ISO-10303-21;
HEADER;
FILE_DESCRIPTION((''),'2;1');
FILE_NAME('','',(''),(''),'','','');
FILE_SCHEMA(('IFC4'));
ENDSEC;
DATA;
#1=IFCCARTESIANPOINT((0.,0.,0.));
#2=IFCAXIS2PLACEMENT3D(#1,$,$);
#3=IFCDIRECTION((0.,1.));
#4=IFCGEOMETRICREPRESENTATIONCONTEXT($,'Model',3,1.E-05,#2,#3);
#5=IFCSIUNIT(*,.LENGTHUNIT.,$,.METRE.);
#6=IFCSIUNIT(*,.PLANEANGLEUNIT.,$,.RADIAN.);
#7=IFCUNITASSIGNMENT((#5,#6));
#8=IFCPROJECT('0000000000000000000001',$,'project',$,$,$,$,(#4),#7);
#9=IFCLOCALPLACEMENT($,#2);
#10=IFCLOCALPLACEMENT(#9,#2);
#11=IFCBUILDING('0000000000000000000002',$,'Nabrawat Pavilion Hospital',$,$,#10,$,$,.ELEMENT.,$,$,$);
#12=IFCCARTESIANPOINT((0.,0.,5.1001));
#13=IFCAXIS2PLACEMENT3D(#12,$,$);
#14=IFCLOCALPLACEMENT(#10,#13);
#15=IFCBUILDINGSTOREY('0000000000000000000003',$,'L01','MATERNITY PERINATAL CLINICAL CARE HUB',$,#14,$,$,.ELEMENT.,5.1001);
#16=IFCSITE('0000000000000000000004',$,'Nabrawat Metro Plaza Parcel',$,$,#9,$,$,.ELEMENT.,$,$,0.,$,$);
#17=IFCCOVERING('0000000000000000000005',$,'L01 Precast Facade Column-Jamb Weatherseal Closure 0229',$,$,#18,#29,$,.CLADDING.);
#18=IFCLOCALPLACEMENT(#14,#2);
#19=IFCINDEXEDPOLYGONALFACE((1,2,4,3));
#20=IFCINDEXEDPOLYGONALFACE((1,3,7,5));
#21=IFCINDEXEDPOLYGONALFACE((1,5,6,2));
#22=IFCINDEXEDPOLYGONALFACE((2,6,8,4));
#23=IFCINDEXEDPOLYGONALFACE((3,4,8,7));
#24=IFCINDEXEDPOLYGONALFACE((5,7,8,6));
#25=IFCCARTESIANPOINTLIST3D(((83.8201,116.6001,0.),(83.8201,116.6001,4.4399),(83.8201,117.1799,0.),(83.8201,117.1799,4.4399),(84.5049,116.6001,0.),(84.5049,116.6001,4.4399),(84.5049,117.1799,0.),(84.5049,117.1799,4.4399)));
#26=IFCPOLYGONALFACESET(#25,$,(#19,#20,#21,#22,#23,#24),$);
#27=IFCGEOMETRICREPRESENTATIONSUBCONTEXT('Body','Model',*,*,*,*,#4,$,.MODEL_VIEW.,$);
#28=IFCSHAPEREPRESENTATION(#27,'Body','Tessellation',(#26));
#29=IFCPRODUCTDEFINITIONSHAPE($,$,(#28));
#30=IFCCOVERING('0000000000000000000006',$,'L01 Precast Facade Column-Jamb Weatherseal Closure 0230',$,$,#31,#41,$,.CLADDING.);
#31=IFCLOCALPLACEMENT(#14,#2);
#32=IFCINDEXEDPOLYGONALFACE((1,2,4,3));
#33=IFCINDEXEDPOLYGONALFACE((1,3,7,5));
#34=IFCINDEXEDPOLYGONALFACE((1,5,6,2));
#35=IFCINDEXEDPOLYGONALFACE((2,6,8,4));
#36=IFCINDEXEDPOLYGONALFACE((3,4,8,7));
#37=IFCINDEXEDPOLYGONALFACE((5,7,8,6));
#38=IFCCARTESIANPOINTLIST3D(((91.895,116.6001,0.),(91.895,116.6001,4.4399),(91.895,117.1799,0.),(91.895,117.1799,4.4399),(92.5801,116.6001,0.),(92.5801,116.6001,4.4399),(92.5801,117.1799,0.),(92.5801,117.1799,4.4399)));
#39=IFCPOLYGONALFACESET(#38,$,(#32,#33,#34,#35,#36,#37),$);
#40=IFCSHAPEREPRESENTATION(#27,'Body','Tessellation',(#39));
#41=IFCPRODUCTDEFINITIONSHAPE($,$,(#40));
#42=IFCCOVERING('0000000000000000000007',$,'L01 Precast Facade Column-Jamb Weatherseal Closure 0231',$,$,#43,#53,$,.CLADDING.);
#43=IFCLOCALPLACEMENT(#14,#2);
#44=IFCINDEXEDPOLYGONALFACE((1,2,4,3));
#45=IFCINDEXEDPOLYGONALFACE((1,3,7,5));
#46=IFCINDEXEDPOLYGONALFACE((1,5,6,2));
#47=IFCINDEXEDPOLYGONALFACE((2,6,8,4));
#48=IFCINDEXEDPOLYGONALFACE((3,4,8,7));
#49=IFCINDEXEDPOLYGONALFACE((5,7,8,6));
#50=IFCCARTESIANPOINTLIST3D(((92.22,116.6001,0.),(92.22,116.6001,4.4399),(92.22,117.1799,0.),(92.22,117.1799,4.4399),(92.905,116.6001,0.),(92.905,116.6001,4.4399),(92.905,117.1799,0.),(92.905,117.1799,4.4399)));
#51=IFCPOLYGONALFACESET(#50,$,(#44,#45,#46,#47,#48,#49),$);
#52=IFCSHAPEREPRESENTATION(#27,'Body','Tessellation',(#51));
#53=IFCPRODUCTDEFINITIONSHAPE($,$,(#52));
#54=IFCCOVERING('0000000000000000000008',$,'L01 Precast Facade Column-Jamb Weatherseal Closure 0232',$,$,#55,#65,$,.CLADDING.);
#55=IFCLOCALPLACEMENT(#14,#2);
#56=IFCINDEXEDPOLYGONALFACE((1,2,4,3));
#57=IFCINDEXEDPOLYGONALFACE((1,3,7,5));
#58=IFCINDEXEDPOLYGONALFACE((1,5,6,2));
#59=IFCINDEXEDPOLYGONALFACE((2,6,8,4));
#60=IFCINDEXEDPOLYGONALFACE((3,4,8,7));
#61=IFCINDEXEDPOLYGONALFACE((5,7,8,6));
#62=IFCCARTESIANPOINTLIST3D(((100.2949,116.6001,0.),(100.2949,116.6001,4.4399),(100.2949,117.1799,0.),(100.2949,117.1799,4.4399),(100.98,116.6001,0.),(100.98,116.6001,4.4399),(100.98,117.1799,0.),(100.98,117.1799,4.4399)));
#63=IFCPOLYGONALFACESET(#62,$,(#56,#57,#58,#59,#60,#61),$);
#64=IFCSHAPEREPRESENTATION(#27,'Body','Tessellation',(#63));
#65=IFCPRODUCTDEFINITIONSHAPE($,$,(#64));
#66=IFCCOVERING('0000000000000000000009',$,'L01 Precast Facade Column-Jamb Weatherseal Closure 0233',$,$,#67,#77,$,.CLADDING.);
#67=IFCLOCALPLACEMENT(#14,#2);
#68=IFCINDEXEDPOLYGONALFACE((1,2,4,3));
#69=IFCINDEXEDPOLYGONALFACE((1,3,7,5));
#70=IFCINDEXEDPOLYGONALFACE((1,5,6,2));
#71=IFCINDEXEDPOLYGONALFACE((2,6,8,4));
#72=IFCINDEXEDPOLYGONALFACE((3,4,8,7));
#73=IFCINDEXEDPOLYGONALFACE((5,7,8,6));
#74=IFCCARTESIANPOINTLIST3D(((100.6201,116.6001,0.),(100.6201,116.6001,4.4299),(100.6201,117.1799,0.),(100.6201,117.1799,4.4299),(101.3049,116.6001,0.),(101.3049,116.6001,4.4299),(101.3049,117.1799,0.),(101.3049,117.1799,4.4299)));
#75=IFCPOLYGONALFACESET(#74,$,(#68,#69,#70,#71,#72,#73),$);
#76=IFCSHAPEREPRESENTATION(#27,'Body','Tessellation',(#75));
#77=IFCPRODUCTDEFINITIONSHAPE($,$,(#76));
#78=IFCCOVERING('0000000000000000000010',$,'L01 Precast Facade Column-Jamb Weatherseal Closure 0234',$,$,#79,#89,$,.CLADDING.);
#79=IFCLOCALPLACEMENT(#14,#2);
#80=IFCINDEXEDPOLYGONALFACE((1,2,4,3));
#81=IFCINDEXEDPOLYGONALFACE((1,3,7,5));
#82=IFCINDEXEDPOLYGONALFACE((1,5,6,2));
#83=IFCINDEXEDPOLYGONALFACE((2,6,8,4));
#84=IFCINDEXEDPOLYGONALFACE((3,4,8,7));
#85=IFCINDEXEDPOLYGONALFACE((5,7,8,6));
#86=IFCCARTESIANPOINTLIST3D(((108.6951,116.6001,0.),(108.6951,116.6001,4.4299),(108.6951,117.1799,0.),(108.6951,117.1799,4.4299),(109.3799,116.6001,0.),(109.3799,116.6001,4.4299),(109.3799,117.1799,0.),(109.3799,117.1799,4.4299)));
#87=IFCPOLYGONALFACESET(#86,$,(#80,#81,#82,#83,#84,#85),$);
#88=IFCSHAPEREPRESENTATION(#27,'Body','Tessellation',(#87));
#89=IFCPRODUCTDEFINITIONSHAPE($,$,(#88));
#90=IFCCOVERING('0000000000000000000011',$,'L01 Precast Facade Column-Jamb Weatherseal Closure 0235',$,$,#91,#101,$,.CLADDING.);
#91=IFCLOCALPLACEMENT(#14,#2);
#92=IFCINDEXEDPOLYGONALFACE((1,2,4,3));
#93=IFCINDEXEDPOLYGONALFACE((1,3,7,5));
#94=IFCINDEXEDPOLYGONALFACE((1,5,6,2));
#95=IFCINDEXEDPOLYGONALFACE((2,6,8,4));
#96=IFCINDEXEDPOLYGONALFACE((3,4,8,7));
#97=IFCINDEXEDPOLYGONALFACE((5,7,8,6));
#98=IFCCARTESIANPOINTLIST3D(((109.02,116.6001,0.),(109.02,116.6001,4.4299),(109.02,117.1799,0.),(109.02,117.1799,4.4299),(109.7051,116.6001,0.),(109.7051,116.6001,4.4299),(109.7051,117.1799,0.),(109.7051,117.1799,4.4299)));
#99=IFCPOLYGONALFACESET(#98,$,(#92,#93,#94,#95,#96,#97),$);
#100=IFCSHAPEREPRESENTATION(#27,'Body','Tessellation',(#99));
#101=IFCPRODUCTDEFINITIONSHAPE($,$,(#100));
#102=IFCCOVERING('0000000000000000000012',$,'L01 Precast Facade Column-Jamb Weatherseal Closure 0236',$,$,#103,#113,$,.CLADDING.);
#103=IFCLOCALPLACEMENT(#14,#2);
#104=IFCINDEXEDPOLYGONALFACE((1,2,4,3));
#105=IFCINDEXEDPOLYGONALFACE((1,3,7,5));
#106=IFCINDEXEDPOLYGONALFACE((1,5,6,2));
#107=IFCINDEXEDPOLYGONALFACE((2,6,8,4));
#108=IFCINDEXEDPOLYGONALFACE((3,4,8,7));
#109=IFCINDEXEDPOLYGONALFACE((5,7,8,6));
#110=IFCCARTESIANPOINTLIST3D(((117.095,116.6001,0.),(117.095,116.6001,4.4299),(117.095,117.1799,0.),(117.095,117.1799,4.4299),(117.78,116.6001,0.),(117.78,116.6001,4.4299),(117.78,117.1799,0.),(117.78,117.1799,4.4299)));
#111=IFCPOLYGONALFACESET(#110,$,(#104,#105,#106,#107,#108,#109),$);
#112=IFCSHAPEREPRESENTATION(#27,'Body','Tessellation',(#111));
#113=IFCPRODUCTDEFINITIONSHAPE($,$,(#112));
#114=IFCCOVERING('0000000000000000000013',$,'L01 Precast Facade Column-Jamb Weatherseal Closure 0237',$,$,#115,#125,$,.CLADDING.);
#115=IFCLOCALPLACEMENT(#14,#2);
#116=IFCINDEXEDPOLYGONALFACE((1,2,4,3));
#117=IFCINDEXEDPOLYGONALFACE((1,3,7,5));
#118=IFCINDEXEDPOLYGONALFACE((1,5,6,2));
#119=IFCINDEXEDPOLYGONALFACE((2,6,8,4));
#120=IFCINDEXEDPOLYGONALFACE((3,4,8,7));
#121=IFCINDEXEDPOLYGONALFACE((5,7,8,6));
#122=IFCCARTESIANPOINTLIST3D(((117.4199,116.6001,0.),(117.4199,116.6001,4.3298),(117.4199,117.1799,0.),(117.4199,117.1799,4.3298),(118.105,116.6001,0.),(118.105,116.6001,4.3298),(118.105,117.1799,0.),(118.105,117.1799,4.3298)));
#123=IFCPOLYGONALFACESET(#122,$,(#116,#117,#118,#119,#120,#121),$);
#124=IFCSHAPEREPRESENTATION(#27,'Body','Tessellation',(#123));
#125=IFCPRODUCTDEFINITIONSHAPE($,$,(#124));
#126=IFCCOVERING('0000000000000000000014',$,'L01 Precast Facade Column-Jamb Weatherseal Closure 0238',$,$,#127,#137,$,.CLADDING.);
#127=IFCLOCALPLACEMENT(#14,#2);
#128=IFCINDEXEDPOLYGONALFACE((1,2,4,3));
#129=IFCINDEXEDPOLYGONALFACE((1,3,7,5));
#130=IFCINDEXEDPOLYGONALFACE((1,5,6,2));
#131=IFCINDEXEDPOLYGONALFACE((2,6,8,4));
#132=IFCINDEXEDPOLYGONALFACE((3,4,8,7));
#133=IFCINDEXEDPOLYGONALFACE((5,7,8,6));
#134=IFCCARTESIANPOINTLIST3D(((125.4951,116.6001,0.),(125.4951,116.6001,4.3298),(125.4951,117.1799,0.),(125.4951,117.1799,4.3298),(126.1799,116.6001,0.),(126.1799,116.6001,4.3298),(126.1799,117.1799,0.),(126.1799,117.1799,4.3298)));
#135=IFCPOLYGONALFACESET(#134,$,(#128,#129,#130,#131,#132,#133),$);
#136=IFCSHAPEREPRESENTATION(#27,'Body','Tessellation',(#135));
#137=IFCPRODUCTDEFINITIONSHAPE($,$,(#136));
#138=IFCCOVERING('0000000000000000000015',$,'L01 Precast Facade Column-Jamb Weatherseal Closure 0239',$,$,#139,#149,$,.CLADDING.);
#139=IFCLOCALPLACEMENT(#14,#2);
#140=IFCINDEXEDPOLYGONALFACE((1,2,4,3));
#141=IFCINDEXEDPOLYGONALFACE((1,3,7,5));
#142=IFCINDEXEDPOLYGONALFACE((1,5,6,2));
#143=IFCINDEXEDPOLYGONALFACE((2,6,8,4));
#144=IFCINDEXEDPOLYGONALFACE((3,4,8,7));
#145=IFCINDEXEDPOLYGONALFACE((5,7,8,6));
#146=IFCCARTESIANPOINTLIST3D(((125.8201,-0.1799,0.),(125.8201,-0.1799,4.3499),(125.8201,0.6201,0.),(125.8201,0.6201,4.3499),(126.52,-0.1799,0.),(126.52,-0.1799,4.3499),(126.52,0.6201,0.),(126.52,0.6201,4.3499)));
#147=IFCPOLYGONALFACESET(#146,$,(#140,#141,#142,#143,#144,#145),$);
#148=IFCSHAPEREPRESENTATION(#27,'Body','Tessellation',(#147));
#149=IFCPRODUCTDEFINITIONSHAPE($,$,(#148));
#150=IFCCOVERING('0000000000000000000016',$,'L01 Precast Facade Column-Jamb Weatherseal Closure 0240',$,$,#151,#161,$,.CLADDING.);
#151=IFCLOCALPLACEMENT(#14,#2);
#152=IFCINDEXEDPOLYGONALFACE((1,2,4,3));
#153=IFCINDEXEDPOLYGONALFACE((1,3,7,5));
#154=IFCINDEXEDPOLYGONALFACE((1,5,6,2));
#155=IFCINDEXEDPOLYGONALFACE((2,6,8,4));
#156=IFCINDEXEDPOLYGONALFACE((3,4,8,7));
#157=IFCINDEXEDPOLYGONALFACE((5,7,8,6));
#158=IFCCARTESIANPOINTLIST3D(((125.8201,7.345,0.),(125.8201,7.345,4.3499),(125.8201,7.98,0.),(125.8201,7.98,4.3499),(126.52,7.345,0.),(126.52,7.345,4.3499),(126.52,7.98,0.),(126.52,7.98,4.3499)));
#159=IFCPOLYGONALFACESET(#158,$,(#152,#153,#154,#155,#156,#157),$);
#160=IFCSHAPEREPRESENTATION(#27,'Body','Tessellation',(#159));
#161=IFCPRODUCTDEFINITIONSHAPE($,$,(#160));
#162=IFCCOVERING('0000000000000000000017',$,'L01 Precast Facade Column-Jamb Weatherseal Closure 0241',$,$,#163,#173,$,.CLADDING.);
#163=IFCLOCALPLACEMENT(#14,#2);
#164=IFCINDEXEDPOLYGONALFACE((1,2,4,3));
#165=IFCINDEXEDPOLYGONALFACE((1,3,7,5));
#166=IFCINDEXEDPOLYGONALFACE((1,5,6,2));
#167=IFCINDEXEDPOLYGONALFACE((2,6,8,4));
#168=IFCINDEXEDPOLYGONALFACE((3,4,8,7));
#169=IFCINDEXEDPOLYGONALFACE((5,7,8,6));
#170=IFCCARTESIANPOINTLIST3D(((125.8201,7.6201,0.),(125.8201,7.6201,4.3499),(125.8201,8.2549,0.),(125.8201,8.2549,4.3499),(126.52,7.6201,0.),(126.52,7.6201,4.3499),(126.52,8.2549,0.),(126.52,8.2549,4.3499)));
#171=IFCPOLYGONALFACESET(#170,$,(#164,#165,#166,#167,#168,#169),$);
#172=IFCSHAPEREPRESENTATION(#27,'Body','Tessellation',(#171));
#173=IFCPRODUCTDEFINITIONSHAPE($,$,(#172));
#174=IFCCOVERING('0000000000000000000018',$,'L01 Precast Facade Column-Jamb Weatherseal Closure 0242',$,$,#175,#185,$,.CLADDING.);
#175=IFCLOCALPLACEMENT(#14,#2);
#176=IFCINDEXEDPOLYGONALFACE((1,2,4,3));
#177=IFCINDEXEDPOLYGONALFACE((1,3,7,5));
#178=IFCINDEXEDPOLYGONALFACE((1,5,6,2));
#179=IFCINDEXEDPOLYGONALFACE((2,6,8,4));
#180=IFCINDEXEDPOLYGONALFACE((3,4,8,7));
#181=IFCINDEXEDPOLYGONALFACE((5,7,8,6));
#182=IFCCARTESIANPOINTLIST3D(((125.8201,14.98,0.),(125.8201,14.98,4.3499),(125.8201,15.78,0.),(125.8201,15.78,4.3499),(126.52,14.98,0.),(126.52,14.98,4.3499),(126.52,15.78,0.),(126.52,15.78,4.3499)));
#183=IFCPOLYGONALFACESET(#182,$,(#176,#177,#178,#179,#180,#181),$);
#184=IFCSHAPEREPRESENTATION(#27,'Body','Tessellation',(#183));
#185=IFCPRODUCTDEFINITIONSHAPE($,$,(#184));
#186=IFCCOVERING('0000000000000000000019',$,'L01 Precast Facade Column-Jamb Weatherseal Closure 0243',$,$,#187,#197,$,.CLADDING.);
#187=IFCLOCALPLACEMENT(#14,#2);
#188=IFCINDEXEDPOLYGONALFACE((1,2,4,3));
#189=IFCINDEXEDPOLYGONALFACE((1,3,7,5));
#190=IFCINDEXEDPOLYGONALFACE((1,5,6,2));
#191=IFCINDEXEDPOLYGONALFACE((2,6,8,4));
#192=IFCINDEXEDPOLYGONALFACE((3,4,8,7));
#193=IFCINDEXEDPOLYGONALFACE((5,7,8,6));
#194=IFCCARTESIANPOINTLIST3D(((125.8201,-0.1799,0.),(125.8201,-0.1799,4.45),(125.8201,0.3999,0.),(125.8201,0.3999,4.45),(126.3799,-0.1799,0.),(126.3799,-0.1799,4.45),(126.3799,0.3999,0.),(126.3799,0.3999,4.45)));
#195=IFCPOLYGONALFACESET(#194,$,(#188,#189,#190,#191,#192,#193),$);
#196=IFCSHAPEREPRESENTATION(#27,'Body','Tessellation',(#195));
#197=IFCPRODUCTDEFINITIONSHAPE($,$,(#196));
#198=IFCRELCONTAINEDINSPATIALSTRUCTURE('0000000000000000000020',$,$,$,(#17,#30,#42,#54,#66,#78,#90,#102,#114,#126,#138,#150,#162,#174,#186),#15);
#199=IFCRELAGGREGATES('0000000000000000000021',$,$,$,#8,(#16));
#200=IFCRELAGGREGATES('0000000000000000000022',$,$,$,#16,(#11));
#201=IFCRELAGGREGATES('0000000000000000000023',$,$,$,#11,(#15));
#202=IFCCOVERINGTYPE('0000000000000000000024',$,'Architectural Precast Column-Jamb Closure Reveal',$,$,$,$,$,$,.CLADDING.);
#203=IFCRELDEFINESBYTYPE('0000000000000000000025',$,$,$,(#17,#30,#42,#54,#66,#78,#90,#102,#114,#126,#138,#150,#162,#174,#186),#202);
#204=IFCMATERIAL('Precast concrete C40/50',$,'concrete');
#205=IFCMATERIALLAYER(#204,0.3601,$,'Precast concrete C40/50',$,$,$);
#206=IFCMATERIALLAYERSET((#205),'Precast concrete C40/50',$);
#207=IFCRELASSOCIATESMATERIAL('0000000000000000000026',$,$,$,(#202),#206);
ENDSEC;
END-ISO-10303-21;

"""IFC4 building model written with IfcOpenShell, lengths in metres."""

from ifc_helpers import new_model, si_unit, direction, frame, origin, place, context, subcontext, project, spatial, polyline, outline, extrude, material, layer, layer_set, type_object, element, save


model = new_model("IFC4")

# Units and contexts
model_context = context("Model", 3, precision=1e-05, world=origin(), true_north=direction((0.0, 1.0)))
body_context = subcontext(model_context, "Body", "Model", "MODEL_VIEW")
ifc_project = project(units=[si_unit("LENGTHUNIT", "METRE"), si_unit("PLANEANGLEUNIT", "RADIAN")], contexts=[model_context])

# Site, building, storey
site_placement = place(None, origin())
site = spatial("IfcSite", under=ifc_project, at=site_placement, Name="Nabrawat Metro Plaza Parcel", CompositionType="ELEMENT", RefElevation=0.0)
building_placement = place(site_placement, origin())
building = spatial("IfcBuilding", under=site, at=building_placement, Name="Nabrawat Pavilion Hospital", CompositionType="ELEMENT")
storey_placement = place(building_placement, frame((0.0, 0.0, 5.1001)))
storey = spatial("IfcBuildingStorey", under=building, at=storey_placement, Name="L01", Description="MATERNITY PERINATAL CLINICAL CARE HUB", CompositionType="ELEMENT", Elevation=5.1001)

# Coverings
ifc_material = material(Name="Precast concrete C40/50", Category="concrete")
ifc_layer = layer(ifc_material, 0.3601, Name="Precast concrete C40/50")
ifc_layer_set = layer_set([ifc_layer], Name="Precast concrete C40/50")
covering_type = type_object("IfcCoveringType", Name="Architectural Precast Column-Jamb Closure Reveal", PredefinedType="CLADDING", material=ifc_layer_set)
covering_1_placement = place(storey_placement, origin())
element("IfcCovering", 1, at=covering_1_placement, inside=storey, type_object=covering_type, Name="L01 Precast Facade Column-Jamb Weatherseal Closure 0229", PredefinedType="CLADDING", context=body_context, shape_type="SweptSolid", body=[
    extrude(outline(polyline([(84.5049, 116.6001), (84.5049, 117.1799), (83.8201, 117.1799), (83.8201, 116.6001), (84.5049, 116.6001)])), origin(), (0.0, 0.0, 1.0), 4.4399),
])
covering_2_placement = place(storey_placement, origin())
element("IfcCovering", 2, at=covering_2_placement, inside=storey, type_object=covering_type, Name="L01 Precast Facade Column-Jamb Weatherseal Closure 0230", PredefinedType="CLADDING", context=body_context, shape_type="SweptSolid", body=[
    extrude(outline(polyline([(92.5801, 116.6001), (92.5801, 117.1799), (91.895, 117.1799), (91.895, 116.6001), (92.5801, 116.6001)])), origin(), (0.0, 0.0, 1.0), 4.4399),
])
covering_3_placement = place(storey_placement, origin())
element("IfcCovering", 3, at=covering_3_placement, inside=storey, type_object=covering_type, Name="L01 Precast Facade Column-Jamb Weatherseal Closure 0231", PredefinedType="CLADDING", context=body_context, shape_type="SweptSolid", body=[
    extrude(outline(polyline([(92.905, 116.6001), (92.905, 117.1799), (92.22, 117.1799), (92.22, 116.6001), (92.905, 116.6001)])), origin(), (0.0, 0.0, 1.0), 4.4399),
])
covering_4_placement = place(storey_placement, origin())
element("IfcCovering", 4, at=covering_4_placement, inside=storey, type_object=covering_type, Name="L01 Precast Facade Column-Jamb Weatherseal Closure 0232", PredefinedType="CLADDING", context=body_context, shape_type="SweptSolid", body=[
    extrude(outline(polyline([(100.98, 116.6001), (100.98, 117.1799), (100.2949, 117.1799), (100.2949, 116.6001), (100.98, 116.6001)])), origin(), (0.0, 0.0, 1.0), 4.4399),
])
covering_5_placement = place(storey_placement, origin())
element("IfcCovering", 5, at=covering_5_placement, inside=storey, type_object=covering_type, Name="L01 Precast Facade Column-Jamb Weatherseal Closure 0233", PredefinedType="CLADDING", context=body_context, shape_type="SweptSolid", body=[
    extrude(outline(polyline([(101.3049, 116.6001), (101.3049, 117.1799), (100.6201, 117.1799), (100.6201, 116.6001), (101.3049, 116.6001)])), origin(), (0.0, 0.0, 1.0), 4.4299),
])
covering_6_placement = place(storey_placement, origin())
element("IfcCovering", 6, at=covering_6_placement, inside=storey, type_object=covering_type, Name="L01 Precast Facade Column-Jamb Weatherseal Closure 0234", PredefinedType="CLADDING", context=body_context, shape_type="SweptSolid", body=[
    extrude(outline(polyline([(109.3799, 116.6001), (109.3799, 117.1799), (108.6951, 117.1799), (108.6951, 116.6001), (109.3799, 116.6001)])), origin(), (0.0, 0.0, 1.0), 4.4299),
])
covering_7_placement = place(storey_placement, origin())
element("IfcCovering", 7, at=covering_7_placement, inside=storey, type_object=covering_type, Name="L01 Precast Facade Column-Jamb Weatherseal Closure 0235", PredefinedType="CLADDING", context=body_context, shape_type="SweptSolid", body=[
    extrude(outline(polyline([(109.7051, 116.6001), (109.7051, 117.1799), (109.02, 117.1799), (109.02, 116.6001), (109.7051, 116.6001)])), origin(), (0.0, 0.0, 1.0), 4.4299),
])
covering_8_placement = place(storey_placement, origin())
element("IfcCovering", 8, at=covering_8_placement, inside=storey, type_object=covering_type, Name="L01 Precast Facade Column-Jamb Weatherseal Closure 0236", PredefinedType="CLADDING", context=body_context, shape_type="SweptSolid", body=[
    extrude(outline(polyline([(117.78, 116.6001), (117.78, 117.1799), (117.095, 117.1799), (117.095, 116.6001), (117.78, 116.6001)])), origin(), (0.0, 0.0, 1.0), 4.4299),
])
covering_9_placement = place(storey_placement, origin())
element("IfcCovering", 9, at=covering_9_placement, inside=storey, type_object=covering_type, Name="L01 Precast Facade Column-Jamb Weatherseal Closure 0237", PredefinedType="CLADDING", context=body_context, shape_type="SweptSolid", body=[
    extrude(outline(polyline([(118.105, 116.6001), (118.105, 117.1799), (117.4199, 117.1799), (117.4199, 116.6001), (118.105, 116.6001)])), origin(), (0.0, 0.0, 1.0), 4.3298),
])
covering_10_placement = place(storey_placement, origin())
element("IfcCovering", 10, at=covering_10_placement, inside=storey, type_object=covering_type, Name="L01 Precast Facade Column-Jamb Weatherseal Closure 0238", PredefinedType="CLADDING", context=body_context, shape_type="SweptSolid", body=[
    extrude(outline(polyline([(126.1799, 116.6001), (126.1799, 117.1799), (125.4951, 117.1799), (125.4951, 116.6001), (126.1799, 116.6001)])), origin(), (0.0, 0.0, 1.0), 4.3298),
])
covering_11_placement = place(storey_placement, origin())
element("IfcCovering", 11, at=covering_11_placement, inside=storey, type_object=covering_type, Name="L01 Precast Facade Column-Jamb Weatherseal Closure 0239", PredefinedType="CLADDING", context=body_context, shape_type="SweptSolid", body=[
    extrude(outline(polyline([(126.52, -0.1799), (126.52, 0.6201), (125.8201, 0.6201), (125.8201, -0.1799), (126.52, -0.1799)])), origin(), (0.0, 0.0, 1.0), 4.3499),
])
covering_12_placement = place(storey_placement, origin())
element("IfcCovering", 12, at=covering_12_placement, inside=storey, type_object=covering_type, Name="L01 Precast Facade Column-Jamb Weatherseal Closure 0240", PredefinedType="CLADDING", context=body_context, shape_type="SweptSolid", body=[
    extrude(outline(polyline([(126.52, 7.345), (126.52, 7.98), (125.8201, 7.98), (125.8201, 7.345), (126.52, 7.345)])), origin(), (0.0, 0.0, 1.0), 4.3499),
])
covering_13_placement = place(storey_placement, origin())
element("IfcCovering", 13, at=covering_13_placement, inside=storey, type_object=covering_type, Name="L01 Precast Facade Column-Jamb Weatherseal Closure 0241", PredefinedType="CLADDING", context=body_context, shape_type="SweptSolid", body=[
    extrude(outline(polyline([(126.52, 7.6201), (126.52, 8.2549), (125.8201, 8.2549), (125.8201, 7.6201), (126.52, 7.6201)])), origin(), (0.0, 0.0, 1.0), 4.3499),
])
covering_14_placement = place(storey_placement, origin())
element("IfcCovering", 14, at=covering_14_placement, inside=storey, type_object=covering_type, Name="L01 Precast Facade Column-Jamb Weatherseal Closure 0242", PredefinedType="CLADDING", context=body_context, shape_type="SweptSolid", body=[
    extrude(outline(polyline([(126.52, 14.98), (126.52, 15.78), (125.8201, 15.78), (125.8201, 14.98), (126.52, 14.98)])), origin(), (0.0, 0.0, 1.0), 4.3499),
])
covering_15_placement = place(storey_placement, origin())
element("IfcCovering", 15, at=covering_15_placement, inside=storey, type_object=covering_type, Name="L01 Precast Facade Column-Jamb Weatherseal Closure 0243", PredefinedType="CLADDING", context=body_context, shape_type="SweptSolid", body=[
    extrude(outline(polyline([(126.3799, -0.1799), (126.3799, 0.3999), (125.8201, 0.3999), (125.8201, -0.1799), (126.3799, -0.1799)])), origin(), (0.0, 0.0, 1.0), 4.45),
])

save(model, "model.ifc")
